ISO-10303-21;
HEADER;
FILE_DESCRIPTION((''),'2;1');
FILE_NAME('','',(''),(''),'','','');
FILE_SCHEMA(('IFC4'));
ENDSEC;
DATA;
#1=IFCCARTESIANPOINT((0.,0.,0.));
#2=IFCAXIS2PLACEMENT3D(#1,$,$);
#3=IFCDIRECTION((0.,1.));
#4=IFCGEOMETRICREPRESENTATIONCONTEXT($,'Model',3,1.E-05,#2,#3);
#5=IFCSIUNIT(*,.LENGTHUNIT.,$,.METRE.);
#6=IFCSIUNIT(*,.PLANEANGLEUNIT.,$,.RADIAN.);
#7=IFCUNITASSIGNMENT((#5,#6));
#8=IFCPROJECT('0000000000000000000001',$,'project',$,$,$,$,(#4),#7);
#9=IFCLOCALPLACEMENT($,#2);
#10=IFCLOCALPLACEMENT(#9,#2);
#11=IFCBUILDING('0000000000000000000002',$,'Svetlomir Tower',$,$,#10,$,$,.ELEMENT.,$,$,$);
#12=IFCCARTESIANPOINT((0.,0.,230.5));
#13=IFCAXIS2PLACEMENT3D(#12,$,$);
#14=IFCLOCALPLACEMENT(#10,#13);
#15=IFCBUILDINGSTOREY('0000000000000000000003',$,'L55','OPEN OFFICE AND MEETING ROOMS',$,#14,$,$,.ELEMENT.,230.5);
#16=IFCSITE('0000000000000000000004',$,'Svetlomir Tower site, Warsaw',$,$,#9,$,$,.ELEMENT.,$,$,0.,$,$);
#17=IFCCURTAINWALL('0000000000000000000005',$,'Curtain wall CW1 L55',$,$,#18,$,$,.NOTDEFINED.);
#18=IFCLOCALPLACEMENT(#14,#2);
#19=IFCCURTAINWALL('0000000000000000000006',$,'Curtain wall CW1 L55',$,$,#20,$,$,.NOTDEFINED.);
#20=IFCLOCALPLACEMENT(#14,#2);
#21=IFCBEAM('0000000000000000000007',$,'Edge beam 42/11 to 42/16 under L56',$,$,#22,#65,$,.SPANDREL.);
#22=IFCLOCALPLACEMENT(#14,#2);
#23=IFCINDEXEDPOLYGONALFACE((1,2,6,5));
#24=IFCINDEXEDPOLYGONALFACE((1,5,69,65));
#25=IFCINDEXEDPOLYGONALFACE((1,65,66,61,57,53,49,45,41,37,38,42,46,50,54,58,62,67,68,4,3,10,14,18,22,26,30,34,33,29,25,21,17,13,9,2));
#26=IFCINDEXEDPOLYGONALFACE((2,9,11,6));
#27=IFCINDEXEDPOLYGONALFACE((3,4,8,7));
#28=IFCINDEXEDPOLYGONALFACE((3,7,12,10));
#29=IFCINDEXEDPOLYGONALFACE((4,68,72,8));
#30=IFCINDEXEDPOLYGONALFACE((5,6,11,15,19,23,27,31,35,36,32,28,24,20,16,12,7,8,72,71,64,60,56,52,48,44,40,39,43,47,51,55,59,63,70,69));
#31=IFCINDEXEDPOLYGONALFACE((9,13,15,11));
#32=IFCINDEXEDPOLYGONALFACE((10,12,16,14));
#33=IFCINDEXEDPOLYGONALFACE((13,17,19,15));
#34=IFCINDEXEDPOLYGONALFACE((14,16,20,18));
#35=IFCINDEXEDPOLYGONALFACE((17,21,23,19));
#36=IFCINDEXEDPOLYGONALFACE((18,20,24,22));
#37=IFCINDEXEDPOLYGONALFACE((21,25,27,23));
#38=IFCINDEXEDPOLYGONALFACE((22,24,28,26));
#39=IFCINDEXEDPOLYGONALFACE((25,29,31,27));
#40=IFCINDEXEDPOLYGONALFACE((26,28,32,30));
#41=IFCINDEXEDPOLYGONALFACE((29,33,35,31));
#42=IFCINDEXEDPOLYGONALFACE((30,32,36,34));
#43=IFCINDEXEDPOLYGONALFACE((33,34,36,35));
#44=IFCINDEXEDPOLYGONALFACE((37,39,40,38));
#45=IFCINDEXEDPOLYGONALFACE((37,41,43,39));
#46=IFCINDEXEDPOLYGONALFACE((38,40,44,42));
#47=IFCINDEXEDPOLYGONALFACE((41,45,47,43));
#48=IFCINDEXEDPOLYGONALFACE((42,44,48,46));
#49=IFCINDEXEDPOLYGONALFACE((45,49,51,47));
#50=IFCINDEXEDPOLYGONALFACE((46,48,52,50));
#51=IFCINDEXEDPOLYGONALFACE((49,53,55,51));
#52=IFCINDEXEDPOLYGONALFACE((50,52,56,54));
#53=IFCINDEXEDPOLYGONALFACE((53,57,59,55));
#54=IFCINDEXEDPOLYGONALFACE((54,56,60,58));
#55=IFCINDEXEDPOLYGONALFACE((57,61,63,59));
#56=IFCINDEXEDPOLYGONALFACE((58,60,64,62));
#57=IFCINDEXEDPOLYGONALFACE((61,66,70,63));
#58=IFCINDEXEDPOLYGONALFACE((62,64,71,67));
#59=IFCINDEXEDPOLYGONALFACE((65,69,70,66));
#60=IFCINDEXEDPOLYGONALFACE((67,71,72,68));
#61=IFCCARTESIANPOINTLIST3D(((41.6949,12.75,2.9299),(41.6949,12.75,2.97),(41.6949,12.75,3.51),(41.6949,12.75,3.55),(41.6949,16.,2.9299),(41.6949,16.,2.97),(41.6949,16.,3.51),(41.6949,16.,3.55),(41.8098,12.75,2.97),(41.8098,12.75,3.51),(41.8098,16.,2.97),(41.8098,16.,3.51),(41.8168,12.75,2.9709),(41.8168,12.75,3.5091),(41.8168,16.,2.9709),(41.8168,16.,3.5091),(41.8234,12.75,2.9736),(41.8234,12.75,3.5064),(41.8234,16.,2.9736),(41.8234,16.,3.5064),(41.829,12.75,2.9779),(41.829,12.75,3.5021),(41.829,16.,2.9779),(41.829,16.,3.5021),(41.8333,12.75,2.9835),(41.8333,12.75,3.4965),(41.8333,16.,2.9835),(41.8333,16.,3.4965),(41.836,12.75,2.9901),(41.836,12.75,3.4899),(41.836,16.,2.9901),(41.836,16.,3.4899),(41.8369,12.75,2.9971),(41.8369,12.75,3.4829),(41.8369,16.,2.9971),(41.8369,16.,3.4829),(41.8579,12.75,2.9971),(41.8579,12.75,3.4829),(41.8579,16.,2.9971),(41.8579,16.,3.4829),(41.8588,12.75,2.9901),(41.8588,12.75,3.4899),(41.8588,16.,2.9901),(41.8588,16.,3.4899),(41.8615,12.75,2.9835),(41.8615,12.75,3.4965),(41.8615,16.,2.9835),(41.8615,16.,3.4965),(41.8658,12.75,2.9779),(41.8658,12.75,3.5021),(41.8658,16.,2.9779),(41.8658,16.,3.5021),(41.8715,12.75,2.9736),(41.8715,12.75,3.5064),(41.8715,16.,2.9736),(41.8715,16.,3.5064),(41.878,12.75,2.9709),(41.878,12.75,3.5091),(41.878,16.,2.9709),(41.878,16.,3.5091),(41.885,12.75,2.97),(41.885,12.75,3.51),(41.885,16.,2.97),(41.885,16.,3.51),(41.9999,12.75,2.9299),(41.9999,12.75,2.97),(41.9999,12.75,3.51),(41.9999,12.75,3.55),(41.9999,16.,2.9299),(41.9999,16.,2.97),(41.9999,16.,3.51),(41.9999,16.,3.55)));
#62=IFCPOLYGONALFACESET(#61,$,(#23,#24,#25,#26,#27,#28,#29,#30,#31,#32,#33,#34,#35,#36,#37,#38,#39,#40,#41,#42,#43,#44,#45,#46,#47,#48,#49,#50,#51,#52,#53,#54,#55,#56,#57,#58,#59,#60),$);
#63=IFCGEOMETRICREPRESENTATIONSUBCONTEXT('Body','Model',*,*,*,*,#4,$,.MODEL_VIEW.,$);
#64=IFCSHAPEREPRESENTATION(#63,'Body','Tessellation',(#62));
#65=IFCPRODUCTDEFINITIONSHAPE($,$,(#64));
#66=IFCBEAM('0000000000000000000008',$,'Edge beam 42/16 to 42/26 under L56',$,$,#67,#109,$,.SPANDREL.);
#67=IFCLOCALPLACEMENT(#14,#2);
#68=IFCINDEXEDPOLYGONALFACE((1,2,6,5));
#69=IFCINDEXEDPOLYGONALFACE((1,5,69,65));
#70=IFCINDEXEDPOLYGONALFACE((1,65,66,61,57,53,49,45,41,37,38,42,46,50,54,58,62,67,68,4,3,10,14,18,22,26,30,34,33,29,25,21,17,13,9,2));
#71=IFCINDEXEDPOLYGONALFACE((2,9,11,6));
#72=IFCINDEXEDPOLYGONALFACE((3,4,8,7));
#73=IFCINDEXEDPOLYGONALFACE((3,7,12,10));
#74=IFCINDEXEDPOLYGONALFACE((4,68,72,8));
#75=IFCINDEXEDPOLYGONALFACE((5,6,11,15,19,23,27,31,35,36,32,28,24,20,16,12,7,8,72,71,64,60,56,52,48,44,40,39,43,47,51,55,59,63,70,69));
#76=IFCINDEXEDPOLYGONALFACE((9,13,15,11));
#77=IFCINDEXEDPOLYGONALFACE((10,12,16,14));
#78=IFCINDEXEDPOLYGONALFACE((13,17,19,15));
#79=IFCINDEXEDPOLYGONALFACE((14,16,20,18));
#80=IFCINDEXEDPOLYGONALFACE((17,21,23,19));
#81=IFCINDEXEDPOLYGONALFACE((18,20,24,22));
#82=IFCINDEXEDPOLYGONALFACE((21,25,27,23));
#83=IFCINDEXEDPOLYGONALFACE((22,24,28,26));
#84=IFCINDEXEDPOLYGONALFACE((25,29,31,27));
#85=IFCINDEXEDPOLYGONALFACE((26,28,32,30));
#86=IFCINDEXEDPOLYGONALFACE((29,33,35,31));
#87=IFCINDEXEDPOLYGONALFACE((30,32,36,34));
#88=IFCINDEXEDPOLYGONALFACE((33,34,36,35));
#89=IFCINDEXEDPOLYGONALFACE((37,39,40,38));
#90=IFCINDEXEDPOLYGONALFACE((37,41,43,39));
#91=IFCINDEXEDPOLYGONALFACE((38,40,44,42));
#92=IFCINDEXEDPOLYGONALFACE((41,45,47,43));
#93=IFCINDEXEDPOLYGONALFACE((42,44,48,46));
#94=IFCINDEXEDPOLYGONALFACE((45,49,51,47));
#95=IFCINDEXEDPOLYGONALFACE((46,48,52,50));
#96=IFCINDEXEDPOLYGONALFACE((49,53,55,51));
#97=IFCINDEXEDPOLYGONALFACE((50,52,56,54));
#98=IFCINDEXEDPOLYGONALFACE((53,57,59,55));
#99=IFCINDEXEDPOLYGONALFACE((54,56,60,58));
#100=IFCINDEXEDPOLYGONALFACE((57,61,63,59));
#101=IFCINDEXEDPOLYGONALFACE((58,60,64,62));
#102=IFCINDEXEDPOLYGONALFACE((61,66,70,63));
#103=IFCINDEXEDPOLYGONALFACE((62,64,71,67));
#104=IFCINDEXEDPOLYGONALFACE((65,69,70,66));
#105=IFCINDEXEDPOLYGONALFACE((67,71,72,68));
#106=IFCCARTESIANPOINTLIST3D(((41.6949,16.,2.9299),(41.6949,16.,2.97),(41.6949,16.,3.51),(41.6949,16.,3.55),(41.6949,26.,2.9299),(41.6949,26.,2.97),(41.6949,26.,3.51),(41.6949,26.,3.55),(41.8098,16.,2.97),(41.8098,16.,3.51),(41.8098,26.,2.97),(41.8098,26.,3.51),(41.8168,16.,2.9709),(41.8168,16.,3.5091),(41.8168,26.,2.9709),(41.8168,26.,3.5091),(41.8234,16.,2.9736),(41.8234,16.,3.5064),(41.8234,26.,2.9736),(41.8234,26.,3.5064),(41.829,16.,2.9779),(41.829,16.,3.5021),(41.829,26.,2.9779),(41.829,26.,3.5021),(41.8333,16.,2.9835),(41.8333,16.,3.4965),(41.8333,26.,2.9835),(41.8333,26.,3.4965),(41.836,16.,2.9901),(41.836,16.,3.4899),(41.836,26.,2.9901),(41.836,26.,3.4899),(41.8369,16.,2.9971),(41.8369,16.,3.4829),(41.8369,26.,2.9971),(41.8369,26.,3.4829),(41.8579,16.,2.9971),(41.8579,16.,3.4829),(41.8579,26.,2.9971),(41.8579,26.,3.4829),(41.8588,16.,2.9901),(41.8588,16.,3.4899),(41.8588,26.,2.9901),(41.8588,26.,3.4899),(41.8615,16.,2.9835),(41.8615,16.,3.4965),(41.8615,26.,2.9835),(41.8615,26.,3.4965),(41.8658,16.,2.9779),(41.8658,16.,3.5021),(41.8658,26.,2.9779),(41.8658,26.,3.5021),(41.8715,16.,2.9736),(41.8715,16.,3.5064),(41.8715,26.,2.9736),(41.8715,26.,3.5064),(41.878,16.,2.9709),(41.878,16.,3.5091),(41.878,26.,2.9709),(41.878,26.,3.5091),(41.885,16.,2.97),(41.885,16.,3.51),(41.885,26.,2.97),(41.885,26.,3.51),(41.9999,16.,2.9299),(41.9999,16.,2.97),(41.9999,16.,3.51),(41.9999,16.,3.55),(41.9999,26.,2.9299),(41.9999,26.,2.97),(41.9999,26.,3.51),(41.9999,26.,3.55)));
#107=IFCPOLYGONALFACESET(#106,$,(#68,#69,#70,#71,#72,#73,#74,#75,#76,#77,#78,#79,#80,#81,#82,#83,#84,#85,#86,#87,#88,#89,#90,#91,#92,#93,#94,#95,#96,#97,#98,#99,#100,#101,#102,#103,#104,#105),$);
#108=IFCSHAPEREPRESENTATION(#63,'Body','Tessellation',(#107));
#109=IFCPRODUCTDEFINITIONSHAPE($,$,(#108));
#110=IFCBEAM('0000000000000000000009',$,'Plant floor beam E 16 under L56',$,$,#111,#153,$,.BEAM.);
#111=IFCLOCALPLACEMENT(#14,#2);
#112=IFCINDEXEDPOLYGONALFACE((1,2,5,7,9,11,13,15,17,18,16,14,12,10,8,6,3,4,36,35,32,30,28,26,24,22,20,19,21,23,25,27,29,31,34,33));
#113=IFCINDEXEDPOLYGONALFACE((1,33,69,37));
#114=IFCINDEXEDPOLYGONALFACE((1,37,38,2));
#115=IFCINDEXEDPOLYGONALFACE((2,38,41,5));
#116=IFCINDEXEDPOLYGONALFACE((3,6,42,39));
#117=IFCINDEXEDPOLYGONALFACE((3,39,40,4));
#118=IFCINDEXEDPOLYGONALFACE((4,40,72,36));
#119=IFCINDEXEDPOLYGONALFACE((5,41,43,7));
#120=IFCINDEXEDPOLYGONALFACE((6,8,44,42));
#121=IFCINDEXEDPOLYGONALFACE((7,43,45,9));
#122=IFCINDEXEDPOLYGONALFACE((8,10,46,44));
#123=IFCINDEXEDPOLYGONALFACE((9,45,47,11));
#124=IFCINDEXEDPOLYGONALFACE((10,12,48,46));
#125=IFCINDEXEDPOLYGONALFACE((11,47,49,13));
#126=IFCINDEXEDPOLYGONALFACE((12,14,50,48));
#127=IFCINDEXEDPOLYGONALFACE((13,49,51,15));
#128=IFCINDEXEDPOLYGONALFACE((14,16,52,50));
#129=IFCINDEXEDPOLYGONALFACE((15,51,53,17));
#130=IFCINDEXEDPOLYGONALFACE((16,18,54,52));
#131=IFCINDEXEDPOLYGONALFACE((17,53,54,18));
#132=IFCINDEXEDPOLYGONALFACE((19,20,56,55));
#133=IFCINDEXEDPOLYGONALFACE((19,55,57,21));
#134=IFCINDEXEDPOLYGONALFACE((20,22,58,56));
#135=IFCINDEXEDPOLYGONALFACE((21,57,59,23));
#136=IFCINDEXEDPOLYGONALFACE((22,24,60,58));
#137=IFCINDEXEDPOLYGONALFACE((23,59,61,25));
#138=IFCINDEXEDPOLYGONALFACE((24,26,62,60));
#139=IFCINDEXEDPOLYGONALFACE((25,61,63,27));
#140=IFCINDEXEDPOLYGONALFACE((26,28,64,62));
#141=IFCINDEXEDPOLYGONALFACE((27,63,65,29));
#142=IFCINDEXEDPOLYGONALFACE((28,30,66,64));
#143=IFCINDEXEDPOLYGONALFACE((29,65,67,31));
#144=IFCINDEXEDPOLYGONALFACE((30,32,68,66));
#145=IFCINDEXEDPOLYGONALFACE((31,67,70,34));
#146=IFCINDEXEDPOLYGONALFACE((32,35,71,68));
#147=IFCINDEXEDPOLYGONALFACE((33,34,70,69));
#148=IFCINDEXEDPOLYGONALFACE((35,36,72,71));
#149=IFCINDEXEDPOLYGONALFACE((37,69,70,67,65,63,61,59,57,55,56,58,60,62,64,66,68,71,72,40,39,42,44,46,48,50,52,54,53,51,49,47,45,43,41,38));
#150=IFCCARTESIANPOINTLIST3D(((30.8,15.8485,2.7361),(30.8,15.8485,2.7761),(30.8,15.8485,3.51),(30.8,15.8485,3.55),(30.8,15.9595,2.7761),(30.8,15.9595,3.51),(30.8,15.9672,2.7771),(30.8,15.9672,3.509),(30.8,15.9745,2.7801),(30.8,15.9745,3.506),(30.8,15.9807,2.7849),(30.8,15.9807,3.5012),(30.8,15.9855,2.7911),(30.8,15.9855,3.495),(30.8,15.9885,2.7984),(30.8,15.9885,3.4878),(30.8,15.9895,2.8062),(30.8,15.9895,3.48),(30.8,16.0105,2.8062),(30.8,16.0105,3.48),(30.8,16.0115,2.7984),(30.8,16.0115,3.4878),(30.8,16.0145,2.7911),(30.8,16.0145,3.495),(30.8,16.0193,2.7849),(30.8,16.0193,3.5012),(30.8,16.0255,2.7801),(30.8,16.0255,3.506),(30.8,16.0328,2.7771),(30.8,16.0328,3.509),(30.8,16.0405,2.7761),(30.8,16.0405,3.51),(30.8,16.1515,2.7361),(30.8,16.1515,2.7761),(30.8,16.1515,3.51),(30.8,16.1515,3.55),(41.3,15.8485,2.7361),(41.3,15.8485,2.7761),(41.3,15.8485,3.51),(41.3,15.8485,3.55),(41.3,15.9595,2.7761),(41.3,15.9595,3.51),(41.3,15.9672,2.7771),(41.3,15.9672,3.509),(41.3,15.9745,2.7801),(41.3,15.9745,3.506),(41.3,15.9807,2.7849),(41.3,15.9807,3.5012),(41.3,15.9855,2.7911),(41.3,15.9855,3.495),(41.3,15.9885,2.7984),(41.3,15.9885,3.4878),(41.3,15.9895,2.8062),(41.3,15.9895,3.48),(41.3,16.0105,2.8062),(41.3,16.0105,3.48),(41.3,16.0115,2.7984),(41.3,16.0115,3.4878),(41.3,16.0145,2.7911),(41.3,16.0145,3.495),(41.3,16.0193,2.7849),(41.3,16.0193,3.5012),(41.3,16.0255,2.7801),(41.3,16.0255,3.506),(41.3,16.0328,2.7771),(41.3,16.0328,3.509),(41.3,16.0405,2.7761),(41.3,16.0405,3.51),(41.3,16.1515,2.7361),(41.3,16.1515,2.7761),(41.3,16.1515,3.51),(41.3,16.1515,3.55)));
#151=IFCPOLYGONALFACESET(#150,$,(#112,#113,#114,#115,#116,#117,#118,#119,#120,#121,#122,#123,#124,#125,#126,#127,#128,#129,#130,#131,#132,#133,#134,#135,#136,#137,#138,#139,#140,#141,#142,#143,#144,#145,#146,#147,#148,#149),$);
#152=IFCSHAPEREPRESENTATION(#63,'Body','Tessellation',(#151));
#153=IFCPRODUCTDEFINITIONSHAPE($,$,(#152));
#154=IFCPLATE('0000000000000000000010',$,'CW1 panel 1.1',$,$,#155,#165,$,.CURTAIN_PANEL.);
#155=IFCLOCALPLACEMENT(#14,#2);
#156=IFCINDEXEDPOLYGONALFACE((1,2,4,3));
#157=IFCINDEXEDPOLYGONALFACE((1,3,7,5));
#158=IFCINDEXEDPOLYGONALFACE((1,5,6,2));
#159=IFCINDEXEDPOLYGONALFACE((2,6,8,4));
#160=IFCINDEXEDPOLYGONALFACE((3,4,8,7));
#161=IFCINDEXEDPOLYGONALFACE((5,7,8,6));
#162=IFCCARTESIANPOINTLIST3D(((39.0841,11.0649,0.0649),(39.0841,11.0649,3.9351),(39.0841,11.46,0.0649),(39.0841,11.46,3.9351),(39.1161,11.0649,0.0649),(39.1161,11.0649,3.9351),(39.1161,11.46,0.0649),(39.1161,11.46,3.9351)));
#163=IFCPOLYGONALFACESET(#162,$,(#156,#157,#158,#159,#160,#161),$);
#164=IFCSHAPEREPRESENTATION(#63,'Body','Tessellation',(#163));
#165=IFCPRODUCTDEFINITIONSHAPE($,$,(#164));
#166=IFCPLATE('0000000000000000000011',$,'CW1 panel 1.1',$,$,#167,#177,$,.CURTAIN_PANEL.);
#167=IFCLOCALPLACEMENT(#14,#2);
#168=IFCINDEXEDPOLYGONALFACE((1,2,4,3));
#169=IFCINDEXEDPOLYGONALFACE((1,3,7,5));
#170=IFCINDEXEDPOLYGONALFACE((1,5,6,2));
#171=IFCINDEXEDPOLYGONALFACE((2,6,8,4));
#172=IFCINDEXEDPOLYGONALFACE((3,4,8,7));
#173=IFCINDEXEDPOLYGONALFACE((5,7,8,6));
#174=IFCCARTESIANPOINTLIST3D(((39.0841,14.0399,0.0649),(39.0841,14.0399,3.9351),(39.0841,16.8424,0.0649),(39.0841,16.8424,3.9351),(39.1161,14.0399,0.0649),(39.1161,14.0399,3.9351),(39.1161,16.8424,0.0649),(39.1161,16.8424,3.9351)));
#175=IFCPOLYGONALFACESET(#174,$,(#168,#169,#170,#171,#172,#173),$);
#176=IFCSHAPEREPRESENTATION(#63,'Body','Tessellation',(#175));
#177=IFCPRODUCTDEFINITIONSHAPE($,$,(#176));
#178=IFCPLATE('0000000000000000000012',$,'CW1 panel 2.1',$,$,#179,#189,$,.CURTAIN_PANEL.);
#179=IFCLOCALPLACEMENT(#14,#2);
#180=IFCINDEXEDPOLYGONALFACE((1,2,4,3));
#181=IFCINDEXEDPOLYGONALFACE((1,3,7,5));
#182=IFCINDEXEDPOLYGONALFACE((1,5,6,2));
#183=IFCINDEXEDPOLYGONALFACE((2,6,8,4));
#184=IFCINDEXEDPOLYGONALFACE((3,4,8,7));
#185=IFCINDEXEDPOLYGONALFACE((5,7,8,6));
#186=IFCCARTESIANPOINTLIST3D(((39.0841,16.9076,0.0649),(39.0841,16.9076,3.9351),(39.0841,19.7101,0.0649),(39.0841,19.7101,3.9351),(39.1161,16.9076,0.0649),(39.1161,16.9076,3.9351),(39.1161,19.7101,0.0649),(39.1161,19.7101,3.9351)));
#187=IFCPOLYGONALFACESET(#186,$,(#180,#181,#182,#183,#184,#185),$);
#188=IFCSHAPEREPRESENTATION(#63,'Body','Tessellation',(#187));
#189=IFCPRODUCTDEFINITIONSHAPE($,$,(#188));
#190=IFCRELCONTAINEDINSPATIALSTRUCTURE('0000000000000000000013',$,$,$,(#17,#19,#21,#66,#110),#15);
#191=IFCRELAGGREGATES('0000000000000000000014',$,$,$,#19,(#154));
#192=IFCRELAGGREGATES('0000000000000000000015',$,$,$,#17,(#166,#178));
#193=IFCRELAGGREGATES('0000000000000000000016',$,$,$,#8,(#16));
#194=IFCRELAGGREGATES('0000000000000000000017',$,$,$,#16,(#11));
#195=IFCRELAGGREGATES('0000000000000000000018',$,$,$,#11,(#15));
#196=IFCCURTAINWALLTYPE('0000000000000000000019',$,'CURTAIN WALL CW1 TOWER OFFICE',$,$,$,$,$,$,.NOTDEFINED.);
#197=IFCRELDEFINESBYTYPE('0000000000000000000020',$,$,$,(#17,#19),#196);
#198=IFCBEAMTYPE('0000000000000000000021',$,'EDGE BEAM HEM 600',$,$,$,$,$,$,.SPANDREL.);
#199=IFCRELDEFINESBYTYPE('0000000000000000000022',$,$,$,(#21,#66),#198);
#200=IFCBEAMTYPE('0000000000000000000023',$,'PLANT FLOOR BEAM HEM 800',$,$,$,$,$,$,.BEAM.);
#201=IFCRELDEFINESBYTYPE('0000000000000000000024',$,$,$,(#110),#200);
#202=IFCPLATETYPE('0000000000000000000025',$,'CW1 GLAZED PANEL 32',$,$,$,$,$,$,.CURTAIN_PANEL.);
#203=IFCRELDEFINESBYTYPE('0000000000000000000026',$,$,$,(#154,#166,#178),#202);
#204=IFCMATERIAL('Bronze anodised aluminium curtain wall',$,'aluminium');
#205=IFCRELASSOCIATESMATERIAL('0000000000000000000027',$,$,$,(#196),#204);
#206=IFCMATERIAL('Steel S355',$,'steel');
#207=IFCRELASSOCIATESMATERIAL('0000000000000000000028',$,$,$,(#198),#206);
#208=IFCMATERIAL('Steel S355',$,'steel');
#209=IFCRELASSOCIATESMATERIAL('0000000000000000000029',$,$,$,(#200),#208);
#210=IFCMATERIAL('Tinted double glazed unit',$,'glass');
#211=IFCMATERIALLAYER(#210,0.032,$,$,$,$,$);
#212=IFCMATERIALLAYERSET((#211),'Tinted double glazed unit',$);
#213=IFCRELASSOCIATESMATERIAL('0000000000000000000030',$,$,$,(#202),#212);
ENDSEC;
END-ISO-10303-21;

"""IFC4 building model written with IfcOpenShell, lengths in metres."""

from ifc_helpers import new_model, si_unit, direction, frame, origin, origin_2d, place, context, subcontext, project, spatial, rectangle, i_section, extrude, material, layer, layer_set, material_profile, profile_set, type_object, element, aggregate, save


model = new_model("IFC4")

# Units and contexts
model_context = context("Model", 3, precision=1e-05, world=origin(), true_north=direction((0.0, 1.0)))
body_context = subcontext(model_context, "Body", "Model", "MODEL_VIEW")
ifc_project = project(units=[si_unit("LENGTHUNIT", "METRE"), si_unit("PLANEANGLEUNIT", "RADIAN")], contexts=[model_context])

# Site, building, storey
site_placement = place(None, origin())
site = spatial("IfcSite", under=ifc_project, at=site_placement, Name="Svetlomir Tower site, Warsaw", CompositionType="ELEMENT", RefElevation=0.0)
building_placement = place(site_placement, origin())
building = spatial("IfcBuilding", under=site, at=building_placement, Name="Svetlomir Tower", CompositionType="ELEMENT")
storey_placement = place(building_placement, frame((0.0, 0.0, 230.5)))
storey = spatial("IfcBuildingStorey", under=building, at=storey_placement, Name="L55", Description="OPEN OFFICE AND MEETING ROOMS", CompositionType="ELEMENT", Elevation=230.5)

# Curtain walls
ifc_material_1 = material(Name="Bronze anodised aluminium curtain wall", Category="aluminium")
curtain_wall_type = type_object("IfcCurtainWallType", Name="CURTAIN WALL CW1 TOWER OFFICE", PredefinedType="NOTDEFINED", material=ifc_material_1)
curtain_wall_1_placement = place(storey_placement, origin())
curtain_wall_1 = element("IfcCurtainWall", 1, at=curtain_wall_1_placement, inside=storey, type_object=curtain_wall_type, Name="Curtain wall CW1 L55", PredefinedType="NOTDEFINED")
curtain_wall_2_placement = place(storey_placement, origin())
curtain_wall_2 = element("IfcCurtainWall", 2, at=curtain_wall_2_placement, inside=storey, type_object=curtain_wall_type, Name="Curtain wall CW1 L55", PredefinedType="NOTDEFINED")

# Beams
ifc_material_2 = material(Name="Steel S355", Category="steel")
ifc_material_profile_1 = material_profile(ifc_material_2, i_section(OverallWidth=0.3049, OverallDepth=0.6201, WebThickness=0.021, FlangeThickness=0.04, FilletRadius=0.0271, at=origin_2d()), Name="HEM 600")
ifc_profile_set_1 = profile_set([ifc_material_profile_1], Name="Steel S355")
beam_type_1 = type_object("IfcBeamType", Name="EDGE BEAM HEM 600", PredefinedType="SPANDREL", material=ifc_profile_set_1)
beam_1_placement = place(storey_placement, frame((41.8474, 12.75, 3.24), z_axis=(0.0, 1.0, 0.0), x_axis=(-1.0, 0.0, 0.0)))
element("IfcBeam", 3, at=beam_1_placement, inside=storey, type_object=beam_type_1, Name="Edge beam 42/11 to 42/16 under L56", PredefinedType="SPANDREL", context=body_context, shape_type="SweptSolid", body=[
    extrude(i_section(OverallWidth=0.3049, OverallDepth=0.6201, WebThickness=0.021, FlangeThickness=0.04, FilletRadius=0.0271, at=origin_2d()), origin(), (0.0, 0.0, 1.0), 3.25),
])
beam_2_placement = place(storey_placement, frame((41.8474, 16.0, 3.24), z_axis=(0.0, 1.0, 0.0), x_axis=(-1.0, 0.0, 0.0)))
element("IfcBeam", 4, at=beam_2_placement, inside=storey, type_object=beam_type_1, Name="Edge beam 42/16 to 42/26 under L56", PredefinedType="SPANDREL", context=body_context, shape_type="SweptSolid", body=[
    extrude(i_section(OverallWidth=0.3049, OverallDepth=0.6201, WebThickness=0.021, FlangeThickness=0.04, FilletRadius=0.0271, at=origin_2d()), origin(), (0.0, 0.0, 1.0), 10.0),
])
ifc_material_3 = material(Name="Steel S355", Category="steel")
ifc_material_profile_2 = material_profile(ifc_material_3, i_section(OverallWidth=0.303, OverallDepth=0.814, WebThickness=0.021, FlangeThickness=0.04, FilletRadius=0.03, at=origin_2d()), Name="HEM 800")
ifc_profile_set_2 = profile_set([ifc_material_profile_2], Name="Steel S355")
beam_type_2 = type_object("IfcBeamType", Name="PLANT FLOOR BEAM HEM 800", PredefinedType="BEAM", material=ifc_profile_set_2)
beam_3_placement = place(storey_placement, frame((41.3, 16.0, 3.1431), z_axis=(-1.0, 0.0, 0.0), x_axis=(0.0, -1.0, 0.0)))
element("IfcBeam", 5, at=beam_3_placement, inside=storey, type_object=beam_type_2, Name="Plant floor beam E 16 under L56", PredefinedType="BEAM", context=body_context, shape_type="SweptSolid", body=[
    extrude(i_section(OverallWidth=0.303, OverallDepth=0.814, WebThickness=0.021, FlangeThickness=0.04, FilletRadius=0.03, at=origin_2d()), origin(), (0.0, 0.0, 1.0), 10.5),
])

# Plates
ifc_material_4 = material(Name="Tinted double glazed unit", Category="glass")
ifc_layer_1 = layer(ifc_material_4, 0.032)
ifc_layer_set_1 = layer_set([ifc_layer_1], Name="Tinted double glazed unit")
plate_type = type_object("IfcPlateType", Name="CW1 GLAZED PANEL 32", PredefinedType="CURTAIN_PANEL", material=ifc_layer_set_1)
plate_1_placement = place(storey_placement, frame((39.1001, 11.2625, 0.0649), z_axis=(0.0, 0.0, 1.0), x_axis=(0.0, 1.0, 0.0)))
plate_1 = element("IfcPlate", 6, at=plate_1_placement, type_object=plate_type, Name="CW1 panel 1.1", PredefinedType="CURTAIN_PANEL", context=body_context, shape_type="SweptSolid", body=[
    extrude(rectangle(XDim=0.395, YDim=0.032, at=origin_2d()), origin(), (0.0, 0.0, 1.0), 3.8701),
])
aggregate(curtain_wall_2, [plate_1])
plate_2_placement = place(storey_placement, frame((39.1001, 15.4412, 0.0649), z_axis=(0.0, 0.0, 1.0), x_axis=(0.0, 1.0, 0.0)))
plate_2 = element("IfcPlate", 7, at=plate_2_placement, type_object=plate_type, Name="CW1 panel 1.1", PredefinedType="CURTAIN_PANEL", context=body_context, shape_type="SweptSolid", body=[
    extrude(rectangle(XDim=2.8025, YDim=0.032, at=origin_2d()), origin(), (0.0, 0.0, 1.0), 3.8701),
])
plate_3_placement = place(storey_placement, frame((39.1001, 18.3088, 0.0649), z_axis=(0.0, 0.0, 1.0), x_axis=(0.0, 1.0, 0.0)))
plate_3 = element("IfcPlate", 8, at=plate_3_placement, type_object=plate_type, Name="CW1 panel 2.1", PredefinedType="CURTAIN_PANEL", context=body_context, shape_type="SweptSolid", body=[
    extrude(rectangle(XDim=2.8025, YDim=0.032, at=origin_2d()), origin(), (0.0, 0.0, 1.0), 3.8701),
])
aggregate(curtain_wall_1, [plate_2, plate_3])

save(model, "model.ifc")
